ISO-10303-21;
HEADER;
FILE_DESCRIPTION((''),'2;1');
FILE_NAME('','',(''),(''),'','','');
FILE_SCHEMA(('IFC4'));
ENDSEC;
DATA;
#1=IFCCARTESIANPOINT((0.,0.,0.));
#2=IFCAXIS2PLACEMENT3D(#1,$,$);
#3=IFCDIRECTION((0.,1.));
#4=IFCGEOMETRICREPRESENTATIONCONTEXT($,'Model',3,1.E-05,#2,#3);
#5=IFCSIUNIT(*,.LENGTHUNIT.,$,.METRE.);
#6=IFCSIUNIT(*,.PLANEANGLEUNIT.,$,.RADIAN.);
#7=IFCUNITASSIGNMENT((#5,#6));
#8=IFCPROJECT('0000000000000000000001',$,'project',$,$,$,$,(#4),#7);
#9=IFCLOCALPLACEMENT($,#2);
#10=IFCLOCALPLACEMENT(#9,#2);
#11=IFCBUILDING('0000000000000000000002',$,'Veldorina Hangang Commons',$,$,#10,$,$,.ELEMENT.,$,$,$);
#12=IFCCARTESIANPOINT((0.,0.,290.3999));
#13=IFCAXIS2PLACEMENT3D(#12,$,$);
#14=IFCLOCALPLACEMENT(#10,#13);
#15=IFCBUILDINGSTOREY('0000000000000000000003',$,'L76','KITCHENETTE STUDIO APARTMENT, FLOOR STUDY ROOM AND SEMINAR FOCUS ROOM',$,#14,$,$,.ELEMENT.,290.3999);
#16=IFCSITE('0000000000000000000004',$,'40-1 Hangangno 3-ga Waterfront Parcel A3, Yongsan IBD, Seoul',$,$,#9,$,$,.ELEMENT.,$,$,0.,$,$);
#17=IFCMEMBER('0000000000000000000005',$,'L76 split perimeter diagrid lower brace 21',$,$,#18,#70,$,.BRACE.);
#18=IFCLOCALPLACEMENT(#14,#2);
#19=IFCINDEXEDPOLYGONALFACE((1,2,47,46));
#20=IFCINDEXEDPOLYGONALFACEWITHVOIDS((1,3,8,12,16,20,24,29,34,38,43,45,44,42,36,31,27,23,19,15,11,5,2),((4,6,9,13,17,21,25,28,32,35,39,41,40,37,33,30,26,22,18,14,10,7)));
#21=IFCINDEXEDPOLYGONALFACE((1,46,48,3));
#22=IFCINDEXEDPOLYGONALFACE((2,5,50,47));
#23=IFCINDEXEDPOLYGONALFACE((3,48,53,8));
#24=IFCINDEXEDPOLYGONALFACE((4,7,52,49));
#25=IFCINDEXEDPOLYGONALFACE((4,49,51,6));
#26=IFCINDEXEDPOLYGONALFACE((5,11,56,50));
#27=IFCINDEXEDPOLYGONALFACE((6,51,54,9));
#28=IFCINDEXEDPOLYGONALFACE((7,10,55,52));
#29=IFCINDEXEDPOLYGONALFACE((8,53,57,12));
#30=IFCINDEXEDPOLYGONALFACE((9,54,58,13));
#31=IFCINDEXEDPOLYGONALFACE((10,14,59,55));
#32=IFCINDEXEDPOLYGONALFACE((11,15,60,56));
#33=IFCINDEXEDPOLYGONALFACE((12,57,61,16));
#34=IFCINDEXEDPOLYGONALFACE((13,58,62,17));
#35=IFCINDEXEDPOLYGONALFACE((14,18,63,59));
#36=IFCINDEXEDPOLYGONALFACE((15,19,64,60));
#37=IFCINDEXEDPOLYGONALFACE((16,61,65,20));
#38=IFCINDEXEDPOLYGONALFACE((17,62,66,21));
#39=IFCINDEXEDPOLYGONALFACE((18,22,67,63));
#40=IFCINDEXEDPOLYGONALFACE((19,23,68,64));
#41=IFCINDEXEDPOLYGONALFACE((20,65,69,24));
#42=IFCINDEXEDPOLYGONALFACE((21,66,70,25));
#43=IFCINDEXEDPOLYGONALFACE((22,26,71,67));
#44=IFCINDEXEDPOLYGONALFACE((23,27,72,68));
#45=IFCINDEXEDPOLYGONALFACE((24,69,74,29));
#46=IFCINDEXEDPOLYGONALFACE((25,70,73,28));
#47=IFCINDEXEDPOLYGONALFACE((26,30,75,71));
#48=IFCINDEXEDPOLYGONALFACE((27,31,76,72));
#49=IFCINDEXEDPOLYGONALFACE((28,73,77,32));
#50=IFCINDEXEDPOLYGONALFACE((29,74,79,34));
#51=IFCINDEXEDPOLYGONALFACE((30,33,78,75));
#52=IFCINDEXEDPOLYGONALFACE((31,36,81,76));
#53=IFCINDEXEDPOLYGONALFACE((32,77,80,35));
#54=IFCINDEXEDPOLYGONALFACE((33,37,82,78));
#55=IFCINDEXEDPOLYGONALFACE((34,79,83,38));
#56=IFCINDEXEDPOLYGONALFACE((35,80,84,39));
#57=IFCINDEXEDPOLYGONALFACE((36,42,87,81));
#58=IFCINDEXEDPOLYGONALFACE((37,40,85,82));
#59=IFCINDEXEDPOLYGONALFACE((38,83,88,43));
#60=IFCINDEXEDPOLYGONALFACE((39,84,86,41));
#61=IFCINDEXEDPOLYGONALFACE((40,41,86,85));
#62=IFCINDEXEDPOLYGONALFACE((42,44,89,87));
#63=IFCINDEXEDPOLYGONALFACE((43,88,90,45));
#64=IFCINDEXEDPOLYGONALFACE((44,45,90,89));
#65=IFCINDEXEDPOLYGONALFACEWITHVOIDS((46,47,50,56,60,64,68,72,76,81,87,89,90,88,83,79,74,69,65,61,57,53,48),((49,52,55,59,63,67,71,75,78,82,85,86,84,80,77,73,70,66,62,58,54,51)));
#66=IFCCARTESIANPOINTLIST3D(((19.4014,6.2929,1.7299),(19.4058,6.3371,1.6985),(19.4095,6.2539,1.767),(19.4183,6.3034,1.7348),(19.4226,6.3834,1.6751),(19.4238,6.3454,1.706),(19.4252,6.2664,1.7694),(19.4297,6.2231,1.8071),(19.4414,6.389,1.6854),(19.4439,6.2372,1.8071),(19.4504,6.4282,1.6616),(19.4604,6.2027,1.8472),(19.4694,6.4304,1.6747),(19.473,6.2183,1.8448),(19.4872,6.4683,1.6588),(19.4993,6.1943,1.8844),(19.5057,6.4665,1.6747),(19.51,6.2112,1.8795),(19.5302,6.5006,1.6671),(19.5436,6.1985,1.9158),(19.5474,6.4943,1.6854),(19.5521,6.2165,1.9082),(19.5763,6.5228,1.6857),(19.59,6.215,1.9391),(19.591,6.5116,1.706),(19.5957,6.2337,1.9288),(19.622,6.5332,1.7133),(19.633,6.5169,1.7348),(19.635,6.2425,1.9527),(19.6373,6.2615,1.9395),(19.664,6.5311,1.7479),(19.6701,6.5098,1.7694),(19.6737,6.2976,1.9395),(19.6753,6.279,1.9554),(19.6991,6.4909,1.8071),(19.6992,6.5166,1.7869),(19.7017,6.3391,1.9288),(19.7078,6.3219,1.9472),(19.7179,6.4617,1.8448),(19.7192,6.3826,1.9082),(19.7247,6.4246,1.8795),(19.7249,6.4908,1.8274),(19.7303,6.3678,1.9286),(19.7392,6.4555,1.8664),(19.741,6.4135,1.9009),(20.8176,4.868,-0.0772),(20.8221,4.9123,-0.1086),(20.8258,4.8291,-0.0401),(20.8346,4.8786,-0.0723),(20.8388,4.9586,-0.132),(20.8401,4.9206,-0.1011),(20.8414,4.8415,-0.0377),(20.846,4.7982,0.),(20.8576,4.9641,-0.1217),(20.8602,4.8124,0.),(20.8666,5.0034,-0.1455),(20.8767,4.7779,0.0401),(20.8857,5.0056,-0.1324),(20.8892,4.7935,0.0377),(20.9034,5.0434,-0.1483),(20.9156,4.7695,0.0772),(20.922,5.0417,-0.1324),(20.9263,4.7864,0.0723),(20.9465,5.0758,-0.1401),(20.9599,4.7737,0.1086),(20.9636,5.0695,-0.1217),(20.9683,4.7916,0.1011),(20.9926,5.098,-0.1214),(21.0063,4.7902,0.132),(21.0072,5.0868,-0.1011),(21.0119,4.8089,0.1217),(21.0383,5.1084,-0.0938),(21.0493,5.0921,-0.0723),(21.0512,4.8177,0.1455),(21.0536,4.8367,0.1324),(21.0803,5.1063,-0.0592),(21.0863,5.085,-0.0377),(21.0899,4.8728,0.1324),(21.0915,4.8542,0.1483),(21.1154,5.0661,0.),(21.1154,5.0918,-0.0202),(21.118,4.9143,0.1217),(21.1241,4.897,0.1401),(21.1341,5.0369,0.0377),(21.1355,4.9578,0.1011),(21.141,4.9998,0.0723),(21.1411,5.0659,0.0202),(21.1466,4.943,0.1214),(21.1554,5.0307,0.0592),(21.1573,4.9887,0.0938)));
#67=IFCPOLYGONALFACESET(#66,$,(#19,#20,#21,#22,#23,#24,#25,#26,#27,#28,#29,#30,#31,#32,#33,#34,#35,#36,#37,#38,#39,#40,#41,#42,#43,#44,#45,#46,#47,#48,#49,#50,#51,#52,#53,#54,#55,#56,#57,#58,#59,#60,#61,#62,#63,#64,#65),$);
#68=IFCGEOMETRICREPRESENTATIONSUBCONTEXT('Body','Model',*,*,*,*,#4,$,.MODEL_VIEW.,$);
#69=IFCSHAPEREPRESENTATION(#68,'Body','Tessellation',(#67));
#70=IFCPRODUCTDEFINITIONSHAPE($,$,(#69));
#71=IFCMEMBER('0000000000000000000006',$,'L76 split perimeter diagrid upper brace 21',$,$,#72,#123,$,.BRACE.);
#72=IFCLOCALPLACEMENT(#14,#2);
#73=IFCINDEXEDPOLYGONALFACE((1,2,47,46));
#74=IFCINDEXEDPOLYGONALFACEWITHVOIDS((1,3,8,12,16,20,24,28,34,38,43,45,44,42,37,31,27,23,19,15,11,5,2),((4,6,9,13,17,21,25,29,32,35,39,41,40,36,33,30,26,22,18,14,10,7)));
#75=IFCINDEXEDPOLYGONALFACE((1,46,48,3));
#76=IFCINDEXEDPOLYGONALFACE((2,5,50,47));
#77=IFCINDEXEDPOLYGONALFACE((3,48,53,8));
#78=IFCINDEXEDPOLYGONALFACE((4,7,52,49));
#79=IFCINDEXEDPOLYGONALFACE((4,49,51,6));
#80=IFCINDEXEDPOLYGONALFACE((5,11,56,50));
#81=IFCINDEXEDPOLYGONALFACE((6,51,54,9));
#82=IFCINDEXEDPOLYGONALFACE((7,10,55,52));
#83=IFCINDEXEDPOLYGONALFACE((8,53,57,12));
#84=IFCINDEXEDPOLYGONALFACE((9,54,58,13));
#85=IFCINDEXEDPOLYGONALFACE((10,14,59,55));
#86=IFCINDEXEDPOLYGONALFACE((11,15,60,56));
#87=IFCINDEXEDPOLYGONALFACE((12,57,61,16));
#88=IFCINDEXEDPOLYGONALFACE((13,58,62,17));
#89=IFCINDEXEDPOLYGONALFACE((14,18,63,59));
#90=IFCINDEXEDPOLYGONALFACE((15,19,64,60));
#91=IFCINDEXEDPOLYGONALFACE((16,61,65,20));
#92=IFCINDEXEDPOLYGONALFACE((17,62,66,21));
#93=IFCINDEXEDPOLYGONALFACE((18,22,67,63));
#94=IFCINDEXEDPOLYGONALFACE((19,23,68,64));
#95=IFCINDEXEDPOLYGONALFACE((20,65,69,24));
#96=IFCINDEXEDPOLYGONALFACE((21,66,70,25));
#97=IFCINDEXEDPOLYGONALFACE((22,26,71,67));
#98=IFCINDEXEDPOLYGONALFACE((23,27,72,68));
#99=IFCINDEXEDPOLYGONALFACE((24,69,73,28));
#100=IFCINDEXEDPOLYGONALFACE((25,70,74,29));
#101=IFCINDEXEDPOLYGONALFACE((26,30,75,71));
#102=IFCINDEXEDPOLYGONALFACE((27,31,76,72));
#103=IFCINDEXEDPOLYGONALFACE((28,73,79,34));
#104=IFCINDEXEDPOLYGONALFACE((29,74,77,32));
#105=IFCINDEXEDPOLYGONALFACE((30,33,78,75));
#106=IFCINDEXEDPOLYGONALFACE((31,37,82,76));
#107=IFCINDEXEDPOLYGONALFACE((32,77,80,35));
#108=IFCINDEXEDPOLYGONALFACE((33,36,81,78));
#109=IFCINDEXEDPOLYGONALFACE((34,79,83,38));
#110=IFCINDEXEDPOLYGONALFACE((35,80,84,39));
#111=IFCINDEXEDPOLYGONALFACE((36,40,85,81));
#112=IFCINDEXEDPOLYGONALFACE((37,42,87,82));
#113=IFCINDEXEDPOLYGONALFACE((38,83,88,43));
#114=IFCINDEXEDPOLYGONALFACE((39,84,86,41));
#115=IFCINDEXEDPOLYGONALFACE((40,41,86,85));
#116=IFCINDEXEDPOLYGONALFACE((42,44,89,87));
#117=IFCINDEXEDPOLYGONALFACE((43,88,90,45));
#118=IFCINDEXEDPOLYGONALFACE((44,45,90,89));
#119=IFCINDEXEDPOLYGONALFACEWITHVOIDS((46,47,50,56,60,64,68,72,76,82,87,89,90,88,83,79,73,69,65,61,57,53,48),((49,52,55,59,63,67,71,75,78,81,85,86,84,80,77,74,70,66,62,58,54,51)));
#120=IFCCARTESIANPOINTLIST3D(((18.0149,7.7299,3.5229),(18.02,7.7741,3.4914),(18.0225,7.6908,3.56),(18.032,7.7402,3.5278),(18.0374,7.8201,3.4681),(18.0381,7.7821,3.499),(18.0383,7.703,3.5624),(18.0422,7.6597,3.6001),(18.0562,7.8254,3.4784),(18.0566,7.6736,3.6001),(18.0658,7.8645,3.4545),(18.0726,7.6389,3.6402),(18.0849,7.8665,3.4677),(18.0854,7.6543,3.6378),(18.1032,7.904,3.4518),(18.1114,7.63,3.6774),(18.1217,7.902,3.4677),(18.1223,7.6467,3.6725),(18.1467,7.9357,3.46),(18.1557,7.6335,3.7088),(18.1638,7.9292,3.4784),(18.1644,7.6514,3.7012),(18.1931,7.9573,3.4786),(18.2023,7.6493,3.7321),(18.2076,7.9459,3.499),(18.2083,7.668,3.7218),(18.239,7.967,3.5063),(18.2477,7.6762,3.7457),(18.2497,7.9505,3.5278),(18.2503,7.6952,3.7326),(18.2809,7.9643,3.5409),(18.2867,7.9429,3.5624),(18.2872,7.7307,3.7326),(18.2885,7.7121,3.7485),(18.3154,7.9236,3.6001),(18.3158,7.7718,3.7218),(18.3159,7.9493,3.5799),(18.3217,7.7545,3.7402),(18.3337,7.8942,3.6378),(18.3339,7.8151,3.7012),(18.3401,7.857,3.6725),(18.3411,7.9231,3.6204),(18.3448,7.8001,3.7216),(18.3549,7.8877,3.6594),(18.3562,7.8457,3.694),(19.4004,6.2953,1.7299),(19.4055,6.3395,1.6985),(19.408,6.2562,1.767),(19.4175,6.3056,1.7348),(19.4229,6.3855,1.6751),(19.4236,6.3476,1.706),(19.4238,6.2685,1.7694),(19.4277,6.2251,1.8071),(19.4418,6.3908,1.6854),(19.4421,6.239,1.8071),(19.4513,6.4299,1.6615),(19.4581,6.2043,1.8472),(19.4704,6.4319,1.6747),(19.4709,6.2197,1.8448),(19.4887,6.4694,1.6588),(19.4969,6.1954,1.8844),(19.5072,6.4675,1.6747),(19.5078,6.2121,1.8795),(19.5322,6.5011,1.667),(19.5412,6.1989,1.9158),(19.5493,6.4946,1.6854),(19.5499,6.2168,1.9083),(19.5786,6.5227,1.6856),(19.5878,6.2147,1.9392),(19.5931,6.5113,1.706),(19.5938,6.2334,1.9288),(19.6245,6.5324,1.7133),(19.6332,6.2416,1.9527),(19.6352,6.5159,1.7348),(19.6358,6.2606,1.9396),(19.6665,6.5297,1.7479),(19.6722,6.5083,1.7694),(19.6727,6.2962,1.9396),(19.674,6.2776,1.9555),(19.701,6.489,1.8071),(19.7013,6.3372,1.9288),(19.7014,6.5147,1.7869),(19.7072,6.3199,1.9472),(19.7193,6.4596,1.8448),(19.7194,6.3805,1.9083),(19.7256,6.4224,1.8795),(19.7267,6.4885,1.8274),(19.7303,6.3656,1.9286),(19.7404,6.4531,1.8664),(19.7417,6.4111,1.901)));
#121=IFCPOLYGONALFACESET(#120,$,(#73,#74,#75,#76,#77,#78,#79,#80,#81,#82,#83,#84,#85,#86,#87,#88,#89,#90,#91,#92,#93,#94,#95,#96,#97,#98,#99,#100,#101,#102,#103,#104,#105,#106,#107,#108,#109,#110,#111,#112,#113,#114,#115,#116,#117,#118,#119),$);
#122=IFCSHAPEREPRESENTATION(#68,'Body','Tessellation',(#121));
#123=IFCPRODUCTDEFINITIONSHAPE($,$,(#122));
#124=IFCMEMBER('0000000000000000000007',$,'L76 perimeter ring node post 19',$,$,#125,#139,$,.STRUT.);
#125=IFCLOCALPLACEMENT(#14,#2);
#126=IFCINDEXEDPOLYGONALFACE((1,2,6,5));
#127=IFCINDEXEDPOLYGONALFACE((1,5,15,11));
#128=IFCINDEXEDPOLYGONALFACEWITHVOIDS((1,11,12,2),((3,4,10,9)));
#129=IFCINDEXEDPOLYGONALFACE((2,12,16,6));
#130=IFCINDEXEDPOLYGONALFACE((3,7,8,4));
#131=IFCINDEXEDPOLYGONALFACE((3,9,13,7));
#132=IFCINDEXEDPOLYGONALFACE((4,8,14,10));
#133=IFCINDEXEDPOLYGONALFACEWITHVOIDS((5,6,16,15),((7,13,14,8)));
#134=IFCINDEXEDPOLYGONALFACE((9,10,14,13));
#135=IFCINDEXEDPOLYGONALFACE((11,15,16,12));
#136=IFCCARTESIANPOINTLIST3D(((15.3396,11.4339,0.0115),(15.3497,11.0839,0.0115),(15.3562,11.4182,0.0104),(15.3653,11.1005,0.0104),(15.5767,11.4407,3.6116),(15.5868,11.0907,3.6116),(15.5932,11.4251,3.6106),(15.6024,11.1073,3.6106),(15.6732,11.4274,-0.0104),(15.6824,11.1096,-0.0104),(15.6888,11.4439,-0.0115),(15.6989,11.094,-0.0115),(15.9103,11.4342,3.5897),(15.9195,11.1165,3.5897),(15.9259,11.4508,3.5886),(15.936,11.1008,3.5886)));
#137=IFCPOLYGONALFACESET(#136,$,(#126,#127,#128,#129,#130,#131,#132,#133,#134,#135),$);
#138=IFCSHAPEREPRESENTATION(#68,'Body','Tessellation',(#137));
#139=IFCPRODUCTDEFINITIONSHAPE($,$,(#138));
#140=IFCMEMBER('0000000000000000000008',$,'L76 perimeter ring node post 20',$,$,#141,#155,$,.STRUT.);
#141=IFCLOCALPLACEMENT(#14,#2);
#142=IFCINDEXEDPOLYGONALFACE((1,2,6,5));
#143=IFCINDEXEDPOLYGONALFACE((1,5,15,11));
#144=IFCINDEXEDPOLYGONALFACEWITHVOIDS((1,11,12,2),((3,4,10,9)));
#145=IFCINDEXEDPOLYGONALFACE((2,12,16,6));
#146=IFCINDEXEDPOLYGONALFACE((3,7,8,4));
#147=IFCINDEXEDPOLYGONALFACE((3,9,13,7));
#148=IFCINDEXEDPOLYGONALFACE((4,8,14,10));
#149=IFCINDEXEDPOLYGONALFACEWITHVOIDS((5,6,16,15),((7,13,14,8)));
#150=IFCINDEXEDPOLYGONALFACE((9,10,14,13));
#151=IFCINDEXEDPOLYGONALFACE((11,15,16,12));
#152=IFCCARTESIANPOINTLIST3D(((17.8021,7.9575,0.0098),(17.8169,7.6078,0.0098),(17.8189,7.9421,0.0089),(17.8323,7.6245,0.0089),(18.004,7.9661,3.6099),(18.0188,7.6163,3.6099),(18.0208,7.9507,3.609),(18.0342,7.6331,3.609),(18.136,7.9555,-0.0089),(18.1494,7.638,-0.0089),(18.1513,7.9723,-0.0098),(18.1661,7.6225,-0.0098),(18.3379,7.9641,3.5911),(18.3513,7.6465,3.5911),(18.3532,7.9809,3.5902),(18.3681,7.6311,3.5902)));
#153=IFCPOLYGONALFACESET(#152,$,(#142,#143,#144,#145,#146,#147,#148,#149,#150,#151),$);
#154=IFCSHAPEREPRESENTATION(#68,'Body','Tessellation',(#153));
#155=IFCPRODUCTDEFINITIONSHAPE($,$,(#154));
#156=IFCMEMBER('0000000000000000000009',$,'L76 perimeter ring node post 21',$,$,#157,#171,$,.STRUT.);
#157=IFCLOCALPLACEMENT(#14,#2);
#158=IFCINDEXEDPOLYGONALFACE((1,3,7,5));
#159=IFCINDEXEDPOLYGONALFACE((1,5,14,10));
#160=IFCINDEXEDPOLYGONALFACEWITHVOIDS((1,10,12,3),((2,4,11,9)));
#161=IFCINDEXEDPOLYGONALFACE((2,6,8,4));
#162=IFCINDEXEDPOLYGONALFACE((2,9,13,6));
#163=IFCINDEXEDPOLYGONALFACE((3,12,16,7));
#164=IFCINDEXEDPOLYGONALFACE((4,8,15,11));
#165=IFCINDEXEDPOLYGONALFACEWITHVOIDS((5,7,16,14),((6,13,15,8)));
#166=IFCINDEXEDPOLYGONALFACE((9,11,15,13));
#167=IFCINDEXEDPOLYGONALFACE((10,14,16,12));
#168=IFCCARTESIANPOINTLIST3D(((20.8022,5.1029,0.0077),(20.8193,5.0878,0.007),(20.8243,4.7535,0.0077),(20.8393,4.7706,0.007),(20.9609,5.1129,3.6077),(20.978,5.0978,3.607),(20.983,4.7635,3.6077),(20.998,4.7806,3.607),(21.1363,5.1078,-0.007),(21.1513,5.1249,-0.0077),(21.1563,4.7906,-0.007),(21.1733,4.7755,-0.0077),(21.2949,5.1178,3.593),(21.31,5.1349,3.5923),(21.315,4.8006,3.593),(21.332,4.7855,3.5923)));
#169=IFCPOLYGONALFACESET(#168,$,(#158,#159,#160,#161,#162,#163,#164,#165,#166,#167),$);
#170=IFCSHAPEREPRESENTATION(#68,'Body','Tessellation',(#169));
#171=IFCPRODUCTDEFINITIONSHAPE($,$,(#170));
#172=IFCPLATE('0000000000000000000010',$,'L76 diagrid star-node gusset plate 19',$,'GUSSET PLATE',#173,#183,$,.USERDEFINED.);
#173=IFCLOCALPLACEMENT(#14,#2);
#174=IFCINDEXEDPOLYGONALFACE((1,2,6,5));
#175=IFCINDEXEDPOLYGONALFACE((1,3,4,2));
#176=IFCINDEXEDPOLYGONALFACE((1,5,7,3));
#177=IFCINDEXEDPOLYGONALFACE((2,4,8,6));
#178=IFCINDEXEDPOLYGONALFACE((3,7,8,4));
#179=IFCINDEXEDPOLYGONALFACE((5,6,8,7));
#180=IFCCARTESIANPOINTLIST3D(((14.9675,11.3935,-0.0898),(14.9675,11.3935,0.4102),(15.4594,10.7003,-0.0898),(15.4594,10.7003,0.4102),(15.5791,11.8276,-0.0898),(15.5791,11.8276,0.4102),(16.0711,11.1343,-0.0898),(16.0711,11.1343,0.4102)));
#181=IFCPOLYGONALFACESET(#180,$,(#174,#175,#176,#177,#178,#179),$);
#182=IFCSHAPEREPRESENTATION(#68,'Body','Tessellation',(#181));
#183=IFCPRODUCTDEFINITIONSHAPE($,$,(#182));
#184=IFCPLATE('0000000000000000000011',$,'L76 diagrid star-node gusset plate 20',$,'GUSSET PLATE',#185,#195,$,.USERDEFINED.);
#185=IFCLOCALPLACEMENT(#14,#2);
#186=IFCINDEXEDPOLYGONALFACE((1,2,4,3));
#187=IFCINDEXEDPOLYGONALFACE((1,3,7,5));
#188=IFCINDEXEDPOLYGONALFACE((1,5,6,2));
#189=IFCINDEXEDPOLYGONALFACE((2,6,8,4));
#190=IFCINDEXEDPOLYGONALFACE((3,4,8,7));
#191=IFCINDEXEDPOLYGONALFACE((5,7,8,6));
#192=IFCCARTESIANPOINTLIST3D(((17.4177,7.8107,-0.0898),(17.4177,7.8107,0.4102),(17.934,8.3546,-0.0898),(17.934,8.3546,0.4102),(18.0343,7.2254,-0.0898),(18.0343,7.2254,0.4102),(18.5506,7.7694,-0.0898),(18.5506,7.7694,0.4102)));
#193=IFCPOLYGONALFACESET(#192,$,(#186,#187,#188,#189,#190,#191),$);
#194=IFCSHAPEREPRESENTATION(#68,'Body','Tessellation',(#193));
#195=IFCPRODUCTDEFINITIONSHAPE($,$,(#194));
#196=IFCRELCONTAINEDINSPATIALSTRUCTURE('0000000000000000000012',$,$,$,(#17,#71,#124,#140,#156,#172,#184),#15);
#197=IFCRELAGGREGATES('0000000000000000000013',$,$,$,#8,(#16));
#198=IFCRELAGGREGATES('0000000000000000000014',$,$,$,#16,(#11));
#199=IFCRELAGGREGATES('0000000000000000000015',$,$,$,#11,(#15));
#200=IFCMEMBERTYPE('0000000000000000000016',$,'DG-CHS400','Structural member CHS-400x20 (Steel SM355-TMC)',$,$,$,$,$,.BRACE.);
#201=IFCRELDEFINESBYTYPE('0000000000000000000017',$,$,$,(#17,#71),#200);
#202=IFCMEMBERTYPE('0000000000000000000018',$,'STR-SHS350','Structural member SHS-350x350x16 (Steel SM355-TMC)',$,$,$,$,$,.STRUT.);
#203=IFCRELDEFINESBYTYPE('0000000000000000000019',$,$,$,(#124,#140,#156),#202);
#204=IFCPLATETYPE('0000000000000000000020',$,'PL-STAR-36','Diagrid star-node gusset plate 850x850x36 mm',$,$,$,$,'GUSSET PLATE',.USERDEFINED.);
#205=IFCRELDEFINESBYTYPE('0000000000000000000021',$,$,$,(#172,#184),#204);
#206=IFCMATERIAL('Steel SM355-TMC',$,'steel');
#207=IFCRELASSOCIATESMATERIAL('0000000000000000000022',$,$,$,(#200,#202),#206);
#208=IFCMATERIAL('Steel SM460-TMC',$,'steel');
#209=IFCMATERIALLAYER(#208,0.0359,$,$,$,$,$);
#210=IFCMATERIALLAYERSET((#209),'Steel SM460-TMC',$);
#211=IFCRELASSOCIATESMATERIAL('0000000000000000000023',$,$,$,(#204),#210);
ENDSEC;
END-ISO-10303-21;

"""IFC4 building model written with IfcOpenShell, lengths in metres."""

from ifc_helpers import new_model, si_unit, direction, frame, origin, origin_2d, place, context, subcontext, project, spatial, rectangle, hollow_rectangle, hollow_circle, extrude, material, layer, layer_set, material_profile, profile_set, type_object, element, save


model = new_model("IFC4")

# Units and contexts
model_context = context("Model", 3, precision=1e-05, world=origin(), true_north=direction((0.0, 1.0)))
body_context = subcontext(model_context, "Body", "Model", "MODEL_VIEW")
ifc_project = project(units=[si_unit("LENGTHUNIT", "METRE"), si_unit("PLANEANGLEUNIT", "RADIAN")], contexts=[model_context])

# Site, building, storey
site_placement = place(None, origin())
site = spatial("IfcSite", under=ifc_project, at=site_placement, Name="40-1 Hangangno 3-ga Waterfront Parcel A3, Yongsan IBD, Seoul", CompositionType="ELEMENT", RefElevation=0.0)
building_placement = place(site_placement, origin())
building = spatial("IfcBuilding", under=site, at=building_placement, Name="Veldorina Hangang Commons", CompositionType="ELEMENT")
storey_placement = place(building_placement, frame((0.0, 0.0, 290.3999)))
storey = spatial("IfcBuildingStorey", under=building, at=storey_placement, Name="L76", Description="KITCHENETTE STUDIO APARTMENT, FLOOR STUDY ROOM AND SEMINAR FOCUS ROOM", CompositionType="ELEMENT", Elevation=290.3999)

# Shared definitions
ifc_material_1 = material(Name="Steel SM355-TMC", Category="steel")

# Members
ifc_material_profile_1 = material_profile(ifc_material_1, hollow_circle(Radius=0.2, WallThickness=0.02, at=origin_2d()), Name="CHS-400x20")
ifc_profile_set_1 = profile_set([ifc_material_profile_1], Name="Steel SM355-TMC")
member_type_1 = type_object("IfcMemberType", Name="DG-CHS400", Description="Structural member CHS-400x20 (Steel SM355-TMC)", PredefinedType="BRACE", material=ifc_profile_set_1)
member_1_placement = place(storey_placement, frame((20.9878, 4.9392, 0.0), z_axis=(-0.524125, 0.527287, 0.668776), x_axis=(-0.70923, -0.704977, 0.0)))
element("IfcMember", 1, at=member_1_placement, inside=storey, type_object=member_type_1, Name="L76 split perimeter diagrid lower brace 21", PredefinedType="BRACE", context=body_context, shape_type="SweptSolid", body=[
    extrude(hollow_circle(Radius=0.2, WallThickness=0.02, at=origin_2d()), origin(), (0.0, 0.0, 1.0), 2.7021),
])
member_2_placement = place(storey_placement, frame((19.5715, 6.364, 1.8071), z_axis=(-0.51662, 0.534918, 0.668556), x_axis=(-0.719302, -0.694697, 0.0)))
element("IfcMember", 2, at=member_2_placement, inside=storey, type_object=member_type_1, Name="L76 split perimeter diagrid upper brace 21", PredefinedType="BRACE", context=body_context, shape_type="SweptSolid", body=[
    extrude(hollow_circle(Radius=0.2, WallThickness=0.02, at=origin_2d()), origin(), (0.0, 0.0, 1.0), 2.6819),
])
ifc_material_profile_2 = material_profile(ifc_material_1, hollow_rectangle(XDim=0.3501, YDim=0.3501, WallThickness=0.0161, at=origin_2d()), Name="SHS-350x350x16")
ifc_profile_set_2 = profile_set([ifc_material_profile_2], Name="Steel SM355-TMC")
member_type_2 = type_object("IfcMemberType", Name="STR-SHS350", Description="Structural member SHS-350x350x16 (Steel SM355-TMC)", PredefinedType="STRUT", material=ifc_profile_set_2)
member_3_placement = place(storey_placement, frame((15.5193, 11.2639, 0.0), z_axis=(0.065706, 0.001895, 0.997837), x_axis=(-0.028824, 0.999584, 0.0)))
element("IfcMember", 3, at=member_3_placement, inside=storey, type_object=member_type_2, Name="L76 perimeter ring node post 19", PredefinedType="STRUT", context=body_context, shape_type="SweptSolid", body=[
    extrude(hollow_rectangle(XDim=0.3501, YDim=0.3501, WallThickness=0.0161, at=origin_2d()), origin(), (0.0, 0.0, 1.0), 3.6079),
])
member_4_placement = place(storey_placement, frame((17.9841, 7.79, 0.0), z_axis=(0.055995, 0.00237, 0.998428), x_axis=(-0.042284, 0.999106, 0.0)))
element("IfcMember", 4, at=member_4_placement, inside=storey, type_object=member_type_2, Name="L76 perimeter ring node post 20", PredefinedType="STRUT", context=body_context, shape_type="SweptSolid", body=[
    extrude(hollow_rectangle(XDim=0.3501, YDim=0.3501, WallThickness=0.0161, at=origin_2d()), origin(), (0.0, 0.0, 1.0), 3.6057),
])
member_5_placement = place(storey_placement, frame((20.9878, 4.9392, 0.0), z_axis=(0.044037, 0.002778, 0.999026), x_axis=(-0.062952, 0.998017, 0.0)))
element("IfcMember", 5, at=member_5_placement, inside=storey, type_object=member_type_2, Name="L76 perimeter ring node post 21", PredefinedType="STRUT", context=body_context, shape_type="SweptSolid", body=[
    extrude(hollow_rectangle(XDim=0.3501, YDim=0.3501, WallThickness=0.0161, at=origin_2d()), origin(), (0.0, 0.0, 1.0), 3.6035),
])

# Plates
ifc_material_2 = material(Name="Steel SM460-TMC", Category="steel")
ifc_layer_1 = layer(ifc_material_2, 0.0359)
ifc_layer_set_1 = layer_set([ifc_layer_1], Name="Steel SM460-TMC")
plate_type = type_object("IfcPlateType", Name="PL-STAR-36", Description="Diagrid star-node gusset plate 850x850x36 mm", ElementType="GUSSET PLATE", PredefinedType="USERDEFINED", material=ifc_layer_set_1)
for number, where, z_axis, x_axis, name in (
    (6, (15.5193, 11.2639, -0.0898), (0.0, 0.0, 1.0), (0.578698, -0.815542, 0.0), "L76 diagrid star-node gusset plate 19"),
    (7, (17.9841, 7.79, -0.0898), (0.0, 0.0, 1.0), (0.725314, -0.688418, 0.0), "L76 diagrid star-node gusset plate 20"),
):
    element("IfcPlate", number, at=place(storey_placement, frame(where, z_axis=z_axis, x_axis=x_axis)), inside=storey, type_object=plate_type, Name=name, ObjectType="GUSSET PLATE", PredefinedType="USERDEFINED", context=body_context, shape_type="SweptSolid", body=[
        extrude(rectangle(XDim=0.8501, YDim=0.75, at=origin_2d()), origin(), (0.0, 0.0, 1.0), 0.5),
    ])

save(model, "model.ifc")
